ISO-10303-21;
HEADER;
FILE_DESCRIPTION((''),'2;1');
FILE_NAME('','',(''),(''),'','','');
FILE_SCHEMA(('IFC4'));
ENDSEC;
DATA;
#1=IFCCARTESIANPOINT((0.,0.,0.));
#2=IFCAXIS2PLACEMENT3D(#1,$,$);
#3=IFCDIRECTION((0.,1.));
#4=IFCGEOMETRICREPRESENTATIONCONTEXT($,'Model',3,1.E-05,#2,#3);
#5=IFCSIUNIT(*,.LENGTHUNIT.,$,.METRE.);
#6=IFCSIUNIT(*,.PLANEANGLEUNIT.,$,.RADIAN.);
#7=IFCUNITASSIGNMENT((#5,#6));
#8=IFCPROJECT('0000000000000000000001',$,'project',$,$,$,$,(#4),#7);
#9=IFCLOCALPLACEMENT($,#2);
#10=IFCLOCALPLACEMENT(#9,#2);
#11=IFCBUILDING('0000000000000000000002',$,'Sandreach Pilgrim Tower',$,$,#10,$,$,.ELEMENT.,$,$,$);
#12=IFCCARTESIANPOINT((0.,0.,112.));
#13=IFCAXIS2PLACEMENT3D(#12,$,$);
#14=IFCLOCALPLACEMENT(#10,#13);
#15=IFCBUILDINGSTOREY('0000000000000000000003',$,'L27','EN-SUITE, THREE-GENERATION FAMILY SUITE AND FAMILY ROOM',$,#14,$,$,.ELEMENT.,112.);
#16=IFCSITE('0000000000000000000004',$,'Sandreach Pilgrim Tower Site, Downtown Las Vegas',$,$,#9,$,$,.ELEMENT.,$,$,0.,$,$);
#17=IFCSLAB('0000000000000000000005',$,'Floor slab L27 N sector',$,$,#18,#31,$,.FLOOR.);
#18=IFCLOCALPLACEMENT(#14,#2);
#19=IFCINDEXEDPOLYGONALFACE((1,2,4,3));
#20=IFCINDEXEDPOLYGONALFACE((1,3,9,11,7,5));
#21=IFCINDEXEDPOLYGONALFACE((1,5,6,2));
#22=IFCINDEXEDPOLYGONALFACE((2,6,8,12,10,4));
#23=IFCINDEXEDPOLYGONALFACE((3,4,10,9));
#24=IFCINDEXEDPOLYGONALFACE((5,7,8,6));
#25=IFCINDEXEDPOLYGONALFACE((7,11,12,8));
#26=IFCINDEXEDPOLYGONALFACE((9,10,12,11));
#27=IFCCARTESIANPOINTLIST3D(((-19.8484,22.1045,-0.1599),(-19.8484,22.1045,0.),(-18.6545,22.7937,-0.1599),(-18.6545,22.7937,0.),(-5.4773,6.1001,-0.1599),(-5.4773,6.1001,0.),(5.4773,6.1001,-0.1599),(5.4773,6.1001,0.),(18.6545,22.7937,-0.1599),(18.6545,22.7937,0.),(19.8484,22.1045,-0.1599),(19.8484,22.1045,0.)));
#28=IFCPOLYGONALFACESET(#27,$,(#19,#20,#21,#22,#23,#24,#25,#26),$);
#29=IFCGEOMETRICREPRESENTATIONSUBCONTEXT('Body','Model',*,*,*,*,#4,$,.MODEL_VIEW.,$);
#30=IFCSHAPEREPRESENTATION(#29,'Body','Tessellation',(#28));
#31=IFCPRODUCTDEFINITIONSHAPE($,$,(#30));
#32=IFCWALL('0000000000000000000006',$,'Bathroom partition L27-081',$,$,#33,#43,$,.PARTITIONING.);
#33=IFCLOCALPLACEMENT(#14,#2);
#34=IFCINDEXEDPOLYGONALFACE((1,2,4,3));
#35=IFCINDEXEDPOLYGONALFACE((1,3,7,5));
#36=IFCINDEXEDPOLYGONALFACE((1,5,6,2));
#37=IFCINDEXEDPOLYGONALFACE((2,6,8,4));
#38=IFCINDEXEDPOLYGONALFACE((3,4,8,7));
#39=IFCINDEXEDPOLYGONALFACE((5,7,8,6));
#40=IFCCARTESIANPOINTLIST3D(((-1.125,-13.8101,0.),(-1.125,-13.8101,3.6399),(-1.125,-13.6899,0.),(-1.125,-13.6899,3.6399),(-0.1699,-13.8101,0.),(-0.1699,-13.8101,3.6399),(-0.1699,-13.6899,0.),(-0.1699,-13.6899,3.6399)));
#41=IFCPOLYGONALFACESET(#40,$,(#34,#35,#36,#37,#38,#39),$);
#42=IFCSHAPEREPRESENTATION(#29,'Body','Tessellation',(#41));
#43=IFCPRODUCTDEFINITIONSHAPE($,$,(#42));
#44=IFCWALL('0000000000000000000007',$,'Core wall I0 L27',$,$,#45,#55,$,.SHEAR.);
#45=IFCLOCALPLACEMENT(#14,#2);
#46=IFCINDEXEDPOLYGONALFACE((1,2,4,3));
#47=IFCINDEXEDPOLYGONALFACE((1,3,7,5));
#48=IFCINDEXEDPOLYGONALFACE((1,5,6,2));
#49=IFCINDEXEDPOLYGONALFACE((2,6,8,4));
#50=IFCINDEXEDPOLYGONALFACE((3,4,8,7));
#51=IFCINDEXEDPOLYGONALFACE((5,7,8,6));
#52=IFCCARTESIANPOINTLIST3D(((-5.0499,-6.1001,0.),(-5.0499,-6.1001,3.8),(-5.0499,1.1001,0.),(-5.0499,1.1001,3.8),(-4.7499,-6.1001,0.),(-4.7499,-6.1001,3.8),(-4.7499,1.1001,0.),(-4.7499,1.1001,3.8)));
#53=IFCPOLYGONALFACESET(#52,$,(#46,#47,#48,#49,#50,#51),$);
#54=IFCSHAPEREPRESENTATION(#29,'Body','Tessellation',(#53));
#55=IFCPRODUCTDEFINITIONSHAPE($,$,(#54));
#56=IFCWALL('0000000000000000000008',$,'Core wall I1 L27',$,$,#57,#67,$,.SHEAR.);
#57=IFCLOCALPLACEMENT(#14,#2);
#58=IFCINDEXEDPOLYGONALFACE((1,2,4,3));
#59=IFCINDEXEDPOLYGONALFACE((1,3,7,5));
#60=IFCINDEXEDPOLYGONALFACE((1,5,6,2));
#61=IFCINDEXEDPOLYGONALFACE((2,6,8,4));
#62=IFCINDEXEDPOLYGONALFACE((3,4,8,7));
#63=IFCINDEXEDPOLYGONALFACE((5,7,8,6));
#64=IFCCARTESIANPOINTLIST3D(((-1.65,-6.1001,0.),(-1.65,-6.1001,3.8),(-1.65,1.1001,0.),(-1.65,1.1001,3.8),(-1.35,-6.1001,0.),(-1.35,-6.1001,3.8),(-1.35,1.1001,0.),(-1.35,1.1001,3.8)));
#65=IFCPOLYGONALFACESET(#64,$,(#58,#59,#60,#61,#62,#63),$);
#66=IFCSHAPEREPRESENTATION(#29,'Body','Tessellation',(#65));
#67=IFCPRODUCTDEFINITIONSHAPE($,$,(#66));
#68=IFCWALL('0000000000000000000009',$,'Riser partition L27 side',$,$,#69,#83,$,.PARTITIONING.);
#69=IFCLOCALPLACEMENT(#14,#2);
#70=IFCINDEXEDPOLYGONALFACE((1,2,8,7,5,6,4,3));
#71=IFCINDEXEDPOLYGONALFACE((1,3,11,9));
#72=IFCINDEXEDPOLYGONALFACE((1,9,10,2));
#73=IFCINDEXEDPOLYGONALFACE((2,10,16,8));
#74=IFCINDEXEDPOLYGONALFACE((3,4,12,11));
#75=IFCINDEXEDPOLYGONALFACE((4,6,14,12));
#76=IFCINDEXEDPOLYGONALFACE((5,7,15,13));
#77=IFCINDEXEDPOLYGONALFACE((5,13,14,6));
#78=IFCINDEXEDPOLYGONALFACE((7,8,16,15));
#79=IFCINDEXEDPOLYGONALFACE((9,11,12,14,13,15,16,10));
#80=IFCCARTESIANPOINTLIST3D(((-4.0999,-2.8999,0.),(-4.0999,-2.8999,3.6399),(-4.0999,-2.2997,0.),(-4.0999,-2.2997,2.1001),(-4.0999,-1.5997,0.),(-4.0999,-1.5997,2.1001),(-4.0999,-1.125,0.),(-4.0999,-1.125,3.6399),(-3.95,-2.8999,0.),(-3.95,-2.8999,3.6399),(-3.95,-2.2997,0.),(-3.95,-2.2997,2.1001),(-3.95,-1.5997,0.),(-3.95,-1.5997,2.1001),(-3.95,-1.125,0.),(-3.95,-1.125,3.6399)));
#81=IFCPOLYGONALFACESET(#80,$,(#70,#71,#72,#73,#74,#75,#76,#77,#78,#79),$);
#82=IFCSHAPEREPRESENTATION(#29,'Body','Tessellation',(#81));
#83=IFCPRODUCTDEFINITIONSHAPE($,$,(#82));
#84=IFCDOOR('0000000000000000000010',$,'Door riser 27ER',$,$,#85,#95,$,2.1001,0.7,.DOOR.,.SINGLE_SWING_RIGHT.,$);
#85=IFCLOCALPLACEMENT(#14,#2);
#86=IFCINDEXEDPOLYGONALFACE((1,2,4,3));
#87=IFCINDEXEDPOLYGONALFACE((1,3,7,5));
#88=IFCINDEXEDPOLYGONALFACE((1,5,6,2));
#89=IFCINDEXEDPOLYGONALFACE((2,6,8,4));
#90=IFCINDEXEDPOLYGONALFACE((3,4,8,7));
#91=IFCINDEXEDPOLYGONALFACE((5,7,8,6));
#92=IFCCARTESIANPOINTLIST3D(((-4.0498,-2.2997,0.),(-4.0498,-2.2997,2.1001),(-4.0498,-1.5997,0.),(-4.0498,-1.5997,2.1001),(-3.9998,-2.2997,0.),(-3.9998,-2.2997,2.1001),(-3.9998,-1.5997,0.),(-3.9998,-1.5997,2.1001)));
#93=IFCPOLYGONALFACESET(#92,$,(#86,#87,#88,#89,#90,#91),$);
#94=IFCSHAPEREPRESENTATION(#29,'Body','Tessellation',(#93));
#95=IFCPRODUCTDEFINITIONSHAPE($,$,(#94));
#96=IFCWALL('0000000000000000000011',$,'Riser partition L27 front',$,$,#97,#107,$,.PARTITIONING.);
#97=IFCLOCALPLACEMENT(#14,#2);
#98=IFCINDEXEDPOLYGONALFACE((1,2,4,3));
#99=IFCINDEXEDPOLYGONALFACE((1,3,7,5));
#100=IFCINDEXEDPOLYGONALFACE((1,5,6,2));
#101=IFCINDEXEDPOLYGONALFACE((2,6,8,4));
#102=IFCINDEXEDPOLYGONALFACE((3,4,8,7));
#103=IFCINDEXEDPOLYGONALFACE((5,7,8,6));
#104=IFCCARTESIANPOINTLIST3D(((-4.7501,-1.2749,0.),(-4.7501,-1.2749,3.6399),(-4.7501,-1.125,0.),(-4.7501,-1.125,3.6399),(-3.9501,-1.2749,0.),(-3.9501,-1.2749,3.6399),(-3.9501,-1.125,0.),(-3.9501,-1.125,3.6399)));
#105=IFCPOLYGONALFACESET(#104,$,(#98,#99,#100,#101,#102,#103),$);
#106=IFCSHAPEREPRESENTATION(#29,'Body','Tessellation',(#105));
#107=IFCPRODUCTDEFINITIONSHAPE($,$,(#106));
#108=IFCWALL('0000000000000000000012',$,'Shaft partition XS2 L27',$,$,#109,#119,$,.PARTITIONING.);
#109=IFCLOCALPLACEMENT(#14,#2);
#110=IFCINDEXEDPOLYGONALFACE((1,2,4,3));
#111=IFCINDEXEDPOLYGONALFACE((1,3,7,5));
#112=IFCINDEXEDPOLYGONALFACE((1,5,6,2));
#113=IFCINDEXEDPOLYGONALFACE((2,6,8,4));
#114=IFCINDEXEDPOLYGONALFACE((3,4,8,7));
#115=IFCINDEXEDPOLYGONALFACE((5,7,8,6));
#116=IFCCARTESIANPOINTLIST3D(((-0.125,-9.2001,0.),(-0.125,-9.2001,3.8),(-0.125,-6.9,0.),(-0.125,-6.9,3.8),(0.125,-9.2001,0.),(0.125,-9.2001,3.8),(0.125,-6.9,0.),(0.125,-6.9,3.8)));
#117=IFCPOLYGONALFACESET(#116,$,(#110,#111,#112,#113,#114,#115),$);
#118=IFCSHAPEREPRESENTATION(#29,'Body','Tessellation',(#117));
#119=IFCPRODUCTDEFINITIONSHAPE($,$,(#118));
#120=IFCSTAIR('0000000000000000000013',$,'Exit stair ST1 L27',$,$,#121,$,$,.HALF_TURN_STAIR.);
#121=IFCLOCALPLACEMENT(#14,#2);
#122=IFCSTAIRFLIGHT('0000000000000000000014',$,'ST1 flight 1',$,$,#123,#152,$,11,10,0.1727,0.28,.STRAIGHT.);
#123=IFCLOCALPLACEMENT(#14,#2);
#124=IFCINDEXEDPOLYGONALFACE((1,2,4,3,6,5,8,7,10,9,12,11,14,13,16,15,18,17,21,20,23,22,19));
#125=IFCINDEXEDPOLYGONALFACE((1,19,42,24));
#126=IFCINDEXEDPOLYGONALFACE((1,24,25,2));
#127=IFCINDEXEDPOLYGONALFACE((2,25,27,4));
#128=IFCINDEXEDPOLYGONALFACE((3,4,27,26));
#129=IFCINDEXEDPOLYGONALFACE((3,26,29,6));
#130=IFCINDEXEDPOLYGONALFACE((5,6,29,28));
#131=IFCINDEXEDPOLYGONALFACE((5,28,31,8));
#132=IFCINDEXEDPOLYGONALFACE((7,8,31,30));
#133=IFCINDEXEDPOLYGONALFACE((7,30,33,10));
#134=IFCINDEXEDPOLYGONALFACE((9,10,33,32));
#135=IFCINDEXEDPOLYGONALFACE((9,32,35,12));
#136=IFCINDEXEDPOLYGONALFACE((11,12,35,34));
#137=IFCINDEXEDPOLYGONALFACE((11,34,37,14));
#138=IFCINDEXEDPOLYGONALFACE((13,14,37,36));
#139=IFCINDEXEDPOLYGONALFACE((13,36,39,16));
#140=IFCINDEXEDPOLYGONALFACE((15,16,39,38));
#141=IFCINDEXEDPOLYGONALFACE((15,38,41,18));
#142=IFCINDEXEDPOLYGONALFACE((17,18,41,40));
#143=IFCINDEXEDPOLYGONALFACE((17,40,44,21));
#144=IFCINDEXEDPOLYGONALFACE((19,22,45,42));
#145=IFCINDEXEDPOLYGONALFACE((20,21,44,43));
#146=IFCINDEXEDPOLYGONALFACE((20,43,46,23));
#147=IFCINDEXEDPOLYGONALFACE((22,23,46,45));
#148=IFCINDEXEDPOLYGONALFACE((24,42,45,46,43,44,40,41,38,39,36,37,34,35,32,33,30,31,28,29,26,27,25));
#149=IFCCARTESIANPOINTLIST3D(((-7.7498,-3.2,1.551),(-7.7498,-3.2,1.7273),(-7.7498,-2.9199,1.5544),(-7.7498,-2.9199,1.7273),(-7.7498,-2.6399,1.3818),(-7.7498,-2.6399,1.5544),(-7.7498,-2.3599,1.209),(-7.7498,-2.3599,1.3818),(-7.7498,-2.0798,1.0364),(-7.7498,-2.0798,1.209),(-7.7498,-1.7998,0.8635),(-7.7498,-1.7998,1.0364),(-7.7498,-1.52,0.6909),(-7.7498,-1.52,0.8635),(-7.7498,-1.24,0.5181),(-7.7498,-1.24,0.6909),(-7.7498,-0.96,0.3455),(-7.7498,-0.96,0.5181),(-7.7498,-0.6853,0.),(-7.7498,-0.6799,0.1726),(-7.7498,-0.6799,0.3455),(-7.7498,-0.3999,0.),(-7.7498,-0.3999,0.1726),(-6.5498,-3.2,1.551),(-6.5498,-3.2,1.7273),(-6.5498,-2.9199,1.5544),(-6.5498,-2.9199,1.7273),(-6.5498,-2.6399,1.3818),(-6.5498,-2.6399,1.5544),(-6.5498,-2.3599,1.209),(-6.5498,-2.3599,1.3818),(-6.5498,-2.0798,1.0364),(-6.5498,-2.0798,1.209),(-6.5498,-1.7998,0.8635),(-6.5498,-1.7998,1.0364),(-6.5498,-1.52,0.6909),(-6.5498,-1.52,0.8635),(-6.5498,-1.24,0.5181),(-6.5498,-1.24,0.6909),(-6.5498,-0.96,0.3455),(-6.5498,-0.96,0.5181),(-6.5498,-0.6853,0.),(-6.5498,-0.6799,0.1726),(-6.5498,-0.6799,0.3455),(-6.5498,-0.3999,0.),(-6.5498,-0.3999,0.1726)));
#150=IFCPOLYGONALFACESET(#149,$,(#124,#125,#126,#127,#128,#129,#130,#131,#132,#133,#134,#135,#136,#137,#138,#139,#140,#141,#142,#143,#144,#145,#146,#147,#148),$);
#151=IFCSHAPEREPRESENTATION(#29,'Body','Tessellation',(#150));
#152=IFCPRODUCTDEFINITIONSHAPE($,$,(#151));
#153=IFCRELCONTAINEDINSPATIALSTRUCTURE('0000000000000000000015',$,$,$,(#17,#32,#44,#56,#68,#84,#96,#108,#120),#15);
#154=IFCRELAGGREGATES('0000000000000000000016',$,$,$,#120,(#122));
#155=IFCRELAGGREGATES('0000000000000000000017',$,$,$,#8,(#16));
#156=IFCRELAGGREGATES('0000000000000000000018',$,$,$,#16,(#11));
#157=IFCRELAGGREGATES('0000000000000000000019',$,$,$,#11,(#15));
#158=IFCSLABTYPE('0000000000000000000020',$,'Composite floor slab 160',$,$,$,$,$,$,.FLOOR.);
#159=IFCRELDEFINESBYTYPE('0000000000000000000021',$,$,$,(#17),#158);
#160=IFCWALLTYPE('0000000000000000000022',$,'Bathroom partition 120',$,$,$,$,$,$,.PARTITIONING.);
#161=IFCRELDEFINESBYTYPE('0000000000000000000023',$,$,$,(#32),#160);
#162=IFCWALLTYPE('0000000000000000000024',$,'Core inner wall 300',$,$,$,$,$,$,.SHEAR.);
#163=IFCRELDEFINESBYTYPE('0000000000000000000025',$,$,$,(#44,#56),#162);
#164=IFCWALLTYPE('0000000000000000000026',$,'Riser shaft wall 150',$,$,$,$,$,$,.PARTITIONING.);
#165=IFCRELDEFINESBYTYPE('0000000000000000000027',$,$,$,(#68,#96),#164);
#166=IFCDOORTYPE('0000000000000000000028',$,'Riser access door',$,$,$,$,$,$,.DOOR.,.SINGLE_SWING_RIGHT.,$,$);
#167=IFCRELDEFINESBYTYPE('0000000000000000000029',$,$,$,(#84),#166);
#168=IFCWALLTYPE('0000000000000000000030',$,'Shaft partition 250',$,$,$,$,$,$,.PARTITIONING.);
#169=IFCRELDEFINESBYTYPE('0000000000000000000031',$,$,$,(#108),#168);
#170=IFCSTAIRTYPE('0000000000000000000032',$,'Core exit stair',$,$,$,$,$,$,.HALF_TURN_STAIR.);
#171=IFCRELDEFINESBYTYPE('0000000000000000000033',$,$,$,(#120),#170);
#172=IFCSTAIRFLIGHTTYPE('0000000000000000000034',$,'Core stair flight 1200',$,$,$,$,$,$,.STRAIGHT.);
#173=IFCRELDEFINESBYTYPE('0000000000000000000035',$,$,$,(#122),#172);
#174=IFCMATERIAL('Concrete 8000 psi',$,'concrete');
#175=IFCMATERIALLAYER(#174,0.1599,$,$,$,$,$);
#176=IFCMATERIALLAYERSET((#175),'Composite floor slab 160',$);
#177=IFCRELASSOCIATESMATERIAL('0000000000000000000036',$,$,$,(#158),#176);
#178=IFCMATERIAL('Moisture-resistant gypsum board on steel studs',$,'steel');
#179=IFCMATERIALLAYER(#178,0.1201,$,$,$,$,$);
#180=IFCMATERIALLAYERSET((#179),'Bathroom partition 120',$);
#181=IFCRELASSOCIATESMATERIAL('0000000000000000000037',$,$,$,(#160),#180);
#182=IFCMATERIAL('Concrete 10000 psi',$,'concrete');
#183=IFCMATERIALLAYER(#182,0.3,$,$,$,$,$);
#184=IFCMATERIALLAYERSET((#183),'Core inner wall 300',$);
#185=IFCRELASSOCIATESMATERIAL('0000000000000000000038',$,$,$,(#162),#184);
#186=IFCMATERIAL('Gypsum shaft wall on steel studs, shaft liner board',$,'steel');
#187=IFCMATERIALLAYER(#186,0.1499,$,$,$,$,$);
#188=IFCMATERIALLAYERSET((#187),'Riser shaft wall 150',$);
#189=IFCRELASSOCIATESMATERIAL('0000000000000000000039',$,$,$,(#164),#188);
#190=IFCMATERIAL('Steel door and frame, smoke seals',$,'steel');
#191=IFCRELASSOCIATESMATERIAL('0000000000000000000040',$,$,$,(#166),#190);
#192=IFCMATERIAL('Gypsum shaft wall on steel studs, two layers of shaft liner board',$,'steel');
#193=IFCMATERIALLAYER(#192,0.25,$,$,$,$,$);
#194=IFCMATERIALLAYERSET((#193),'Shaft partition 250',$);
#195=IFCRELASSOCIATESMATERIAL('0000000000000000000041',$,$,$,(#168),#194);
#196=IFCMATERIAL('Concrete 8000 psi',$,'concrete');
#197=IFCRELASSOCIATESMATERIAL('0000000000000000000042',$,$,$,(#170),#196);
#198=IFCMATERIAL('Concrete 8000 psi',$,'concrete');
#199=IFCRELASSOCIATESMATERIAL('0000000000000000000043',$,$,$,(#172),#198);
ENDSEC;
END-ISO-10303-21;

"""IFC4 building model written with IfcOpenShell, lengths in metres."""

from ifc_helpers import new_model, si_unit, direction, frame, frame_2d, origin, place, context, subcontext, project, spatial, polyline, rectangle, outline, extrude, material, layer, layer_set, type_object, element, fill, aggregate, save


model = new_model("IFC4")

# Units and contexts
model_context = context("Model", 3, precision=1e-05, world=origin(), true_north=direction((0.0, 1.0)))
body_context = subcontext(model_context, "Body", "Model", "MODEL_VIEW")
ifc_project = project(units=[si_unit("LENGTHUNIT", "METRE"), si_unit("PLANEANGLEUNIT", "RADIAN")], contexts=[model_context])

# Site, building, storey
site_placement = place(None, origin())
site = spatial("IfcSite", under=ifc_project, at=site_placement, Name="Sandreach Pilgrim Tower Site, Downtown Las Vegas", CompositionType="ELEMENT", RefElevation=0.0)
building_placement = place(site_placement, origin())
building = spatial("IfcBuilding", under=site, at=building_placement, Name="Sandreach Pilgrim Tower", CompositionType="ELEMENT")
storey_placement = place(building_placement, frame((0.0, 0.0, 112.0)))
storey = spatial("IfcBuildingStorey", under=building, at=storey_placement, Name="L27", Description="EN-SUITE, THREE-GENERATION FAMILY SUITE AND FAMILY ROOM", CompositionType="ELEMENT", Elevation=112.0)

# Slab
ifc_material_1 = material(Name="Concrete 8000 psi", Category="concrete")
ifc_layer_1 = layer(ifc_material_1, 0.1599)
ifc_layer_set_1 = layer_set([ifc_layer_1], Name="Composite floor slab 160")
slab_type = type_object("IfcSlabType", Name="Composite floor slab 160", PredefinedType="FLOOR", material=ifc_layer_set_1)
slab_placement = place(storey_placement, frame((0.0, 0.0, -0.1599)))
element("IfcSlab", 1, at=slab_placement, inside=storey, type_object=slab_type, Name="Floor slab L27 N sector", PredefinedType="FLOOR", context=body_context, shape_type="SweptSolid", body=[
    extrude(outline(polyline([(-18.6545, 22.7937), (18.6545, 22.7937), (19.8484, 22.1045), (5.4773, 6.1001), (-5.4773, 6.1001), (-19.8484, 22.1045), (-18.6545, 22.7937)])), origin(), (0.0, 0.0, 1.0), 0.1599),
])

# Walls
ifc_material_2 = material(Name="Moisture-resistant gypsum board on steel studs", Category="steel")
ifc_layer_2 = layer(ifc_material_2, 0.1201)
ifc_layer_set_2 = layer_set([ifc_layer_2], Name="Bathroom partition 120")
wall_type_1 = type_object("IfcWallType", Name="Bathroom partition 120", PredefinedType="PARTITIONING", material=ifc_layer_set_2)
wall_1_placement = place(storey_placement, frame((-1.125, -13.75, 0.0), z_axis=(0.0, 0.0, 1.0), x_axis=(1.0, 0.0, 0.0)))
element("IfcWall", 2, at=wall_1_placement, inside=storey, type_object=wall_type_1, Name="Bathroom partition L27-081", PredefinedType="PARTITIONING", context=body_context, shape_type="SweptSolid", body=[
    extrude(rectangle(XDim=0.9551, YDim=0.1201, at=frame_2d((0.4775, 0.0))), origin(), (0.0, 0.0, 1.0), 3.6399),
])
ifc_material_3 = material(Name="Concrete 10000 psi", Category="concrete")
ifc_layer_3 = layer(ifc_material_3, 0.3)
ifc_layer_set_3 = layer_set([ifc_layer_3], Name="Core inner wall 300")
wall_type_2 = type_object("IfcWallType", Name="Core inner wall 300", PredefinedType="SHEAR", material=ifc_layer_set_3)
for number, where, z_axis, x_axis, name in (
    (3, (-4.8999, -6.1001, 0.0), (0.0, 0.0, 1.0), (0.0, 1.0, 0.0), "Core wall I0 L27"),
    (4, (-1.5, -6.1001, 0.0), (0.0, 0.0, 1.0), (0.0, 1.0, 0.0), "Core wall I1 L27"),
):
    element("IfcWall", number, at=place(storey_placement, frame(where, z_axis=z_axis, x_axis=x_axis)), inside=storey, type_object=wall_type_2, Name=name, PredefinedType="SHEAR", context=body_context, shape_type="SweptSolid", body=[
        extrude(rectangle(XDim=7.2002, YDim=0.3, at=frame_2d((3.6001, 0.0))), origin(), (0.0, 0.0, 1.0), 3.8),
    ])

# Wall, opening, door
ifc_material_4 = material(Name="Gypsum shaft wall on steel studs, shaft liner board", Category="steel")
ifc_layer_4 = layer(ifc_material_4, 0.1499)
ifc_layer_set_4 = layer_set([ifc_layer_4], Name="Riser shaft wall 150")
wall_type_3 = type_object("IfcWallType", Name="Riser shaft wall 150", PredefinedType="PARTITIONING", material=ifc_layer_set_4)
wall_2_placement = place(storey_placement, frame((-4.0249, -2.8999, 0.0), z_axis=(0.0, 0.0, 1.0), x_axis=(0.0, 1.0, 0.0)))
wall_2 = element("IfcWall", 5, at=wall_2_placement, inside=storey, type_object=wall_type_3, Name="Riser partition L27 side", PredefinedType="PARTITIONING", context=body_context, shape_type="SweptSolid", body=[
    extrude(rectangle(XDim=1.7749, YDim=0.1499, at=frame_2d((0.8875, 0.0))), origin(), (0.0, 0.0, 1.0), 3.6399),
])
opening_1_placement = place(wall_2_placement, frame((0.6001, 0.0, 0.0)))
opening_1 = element("IfcOpeningElement", 6, at=opening_1_placement, cuts=wall_2, PredefinedType="OPENING", context=body_context, shape_type="SweptSolid", body=[
    extrude(rectangle(XDim=0.7, YDim=2.1001, at=frame_2d((0.3501, 1.05))), frame((0.0, 0.075, 0.0), z_axis=(0.0, -1.0, 0.0), x_axis=(1.0, 0.0, 0.0)), (0.0, 0.0, 1.0), 0.1499),
])
ifc_material_5 = material(Name="Steel door and frame, smoke seals", Category="steel")
door_type_1 = type_object("IfcDoorType", Name="Riser access door", OperationType="SINGLE_SWING_RIGHT", PredefinedType="DOOR", material=ifc_material_5)
door_1_placement = place(opening_1_placement, origin())
door_1 = element("IfcDoor", 7, at=door_1_placement, inside=storey, type_object=door_type_1, Name="Door riser 27ER", OperationType="SINGLE_SWING_RIGHT", OverallHeight=2.1001, OverallWidth=0.7, PredefinedType="DOOR", context=body_context, shape_type="SweptSolid", body=[
    extrude(rectangle(XDim=0.7, YDim=2.1001, at=frame_2d((0.3501, 1.05))), frame((0.0, 0.0249, 0.0), z_axis=(0.0, -1.0, 0.0), x_axis=(1.0, 0.0, 0.0)), (0.0, 0.0, 1.0), 0.05),
])
fill(opening_1, door_1)

# Walls
wall_3_placement = place(storey_placement, frame((-4.75, -1.2, 0.0), z_axis=(0.0, 0.0, 1.0), x_axis=(1.0, 0.0, 0.0)))
element("IfcWall", 8, at=wall_3_placement, inside=storey, type_object=wall_type_3, Name="Riser partition L27 front", PredefinedType="PARTITIONING", context=body_context, shape_type="SweptSolid", body=[
    extrude(rectangle(XDim=0.8, YDim=0.1499, at=frame_2d((0.3999, 0.0))), origin(), (0.0, 0.0, 1.0), 3.6399),
])
ifc_material_6 = material(Name="Gypsum shaft wall on steel studs, two layers of shaft liner board", Category="steel")
ifc_layer_5 = layer(ifc_material_6, 0.25)
ifc_layer_set_5 = layer_set([ifc_layer_5], Name="Shaft partition 250")
wall_type_4 = type_object("IfcWallType", Name="Shaft partition 250", PredefinedType="PARTITIONING", material=ifc_layer_set_5)
wall_4_placement = place(storey_placement, frame((0.0, -9.2, 0.0), z_axis=(0.0, 0.0, 1.0), x_axis=(0.0, 1.0, 0.0)))
element("IfcWall", 9, at=wall_4_placement, inside=storey, type_object=wall_type_4, Name="Shaft partition XS2 L27", PredefinedType="PARTITIONING", context=body_context, shape_type="SweptSolid", body=[
    extrude(rectangle(XDim=2.3, YDim=0.25, at=frame_2d((1.1499, 0.0))), origin(), (0.0, 0.0, 1.0), 3.8),
])

# Stair, stair flight
ifc_material_7 = material(Name="Concrete 8000 psi", Category="concrete")
stair_type = type_object("IfcStairType", Name="Core exit stair", PredefinedType="HALF_TURN_STAIR", material=ifc_material_7)
stair_1_placement = place(storey_placement, origin())
stair_1 = element("IfcStair", 10, at=stair_1_placement, inside=storey, type_object=stair_type, Name="Exit stair ST1 L27", PredefinedType="HALF_TURN_STAIR")
ifc_material_8 = material(Name="Concrete 8000 psi", Category="concrete")
stair_flight_type = type_object("IfcStairFlightType", Name="Core stair flight 1200", PredefinedType="STRAIGHT", material=ifc_material_8)
stair_flight_1_placement = place(storey_placement, frame((-7.1499, -0.3999, 0.0), z_axis=(0.0, 0.0, 1.0), x_axis=(0.0, -1.0, 0.0)))
stair_flight_1 = element("IfcStairFlight", 11, at=stair_flight_1_placement, type_object=stair_flight_type, Name="ST1 flight 1", NumberOfRisers=11, NumberOfTreads=10, PredefinedType="STRAIGHT", RiserHeight=0.1727, TreadLength=0.28, context=body_context, shape_type="SweptSolid", body=[
    extrude(outline(polyline([(0.0, 0.0), (0.0, 0.1726), (0.28, 0.1726), (0.28, 0.3455), (0.5601, 0.3455), (0.5601, 0.5181), (0.8401, 0.5181), (0.8401, 0.6909), (1.1201, 0.6909), (1.1201, 0.8635), (1.3999, 0.8635), (1.3999, 1.0364), (1.6799, 1.0364), (1.6799, 1.209), (1.96, 1.209), (1.96, 1.3818), (2.24, 1.3818), (2.24, 1.5544), (2.52, 1.5544), (2.52, 1.7273), (2.8, 1.7273), (2.8, 1.8999), (2.8, 1.551), (0.2854, 0.0), (0.0, 0.0)])), frame((0.0, 0.6001, 0.0), z_axis=(0.0, -1.0, 0.0), x_axis=(1.0, 0.0, 0.0)), (0.0, 0.0, 1.0), 1.2),
])
aggregate(stair_1, [stair_flight_1])

save(model, "model.ifc")
